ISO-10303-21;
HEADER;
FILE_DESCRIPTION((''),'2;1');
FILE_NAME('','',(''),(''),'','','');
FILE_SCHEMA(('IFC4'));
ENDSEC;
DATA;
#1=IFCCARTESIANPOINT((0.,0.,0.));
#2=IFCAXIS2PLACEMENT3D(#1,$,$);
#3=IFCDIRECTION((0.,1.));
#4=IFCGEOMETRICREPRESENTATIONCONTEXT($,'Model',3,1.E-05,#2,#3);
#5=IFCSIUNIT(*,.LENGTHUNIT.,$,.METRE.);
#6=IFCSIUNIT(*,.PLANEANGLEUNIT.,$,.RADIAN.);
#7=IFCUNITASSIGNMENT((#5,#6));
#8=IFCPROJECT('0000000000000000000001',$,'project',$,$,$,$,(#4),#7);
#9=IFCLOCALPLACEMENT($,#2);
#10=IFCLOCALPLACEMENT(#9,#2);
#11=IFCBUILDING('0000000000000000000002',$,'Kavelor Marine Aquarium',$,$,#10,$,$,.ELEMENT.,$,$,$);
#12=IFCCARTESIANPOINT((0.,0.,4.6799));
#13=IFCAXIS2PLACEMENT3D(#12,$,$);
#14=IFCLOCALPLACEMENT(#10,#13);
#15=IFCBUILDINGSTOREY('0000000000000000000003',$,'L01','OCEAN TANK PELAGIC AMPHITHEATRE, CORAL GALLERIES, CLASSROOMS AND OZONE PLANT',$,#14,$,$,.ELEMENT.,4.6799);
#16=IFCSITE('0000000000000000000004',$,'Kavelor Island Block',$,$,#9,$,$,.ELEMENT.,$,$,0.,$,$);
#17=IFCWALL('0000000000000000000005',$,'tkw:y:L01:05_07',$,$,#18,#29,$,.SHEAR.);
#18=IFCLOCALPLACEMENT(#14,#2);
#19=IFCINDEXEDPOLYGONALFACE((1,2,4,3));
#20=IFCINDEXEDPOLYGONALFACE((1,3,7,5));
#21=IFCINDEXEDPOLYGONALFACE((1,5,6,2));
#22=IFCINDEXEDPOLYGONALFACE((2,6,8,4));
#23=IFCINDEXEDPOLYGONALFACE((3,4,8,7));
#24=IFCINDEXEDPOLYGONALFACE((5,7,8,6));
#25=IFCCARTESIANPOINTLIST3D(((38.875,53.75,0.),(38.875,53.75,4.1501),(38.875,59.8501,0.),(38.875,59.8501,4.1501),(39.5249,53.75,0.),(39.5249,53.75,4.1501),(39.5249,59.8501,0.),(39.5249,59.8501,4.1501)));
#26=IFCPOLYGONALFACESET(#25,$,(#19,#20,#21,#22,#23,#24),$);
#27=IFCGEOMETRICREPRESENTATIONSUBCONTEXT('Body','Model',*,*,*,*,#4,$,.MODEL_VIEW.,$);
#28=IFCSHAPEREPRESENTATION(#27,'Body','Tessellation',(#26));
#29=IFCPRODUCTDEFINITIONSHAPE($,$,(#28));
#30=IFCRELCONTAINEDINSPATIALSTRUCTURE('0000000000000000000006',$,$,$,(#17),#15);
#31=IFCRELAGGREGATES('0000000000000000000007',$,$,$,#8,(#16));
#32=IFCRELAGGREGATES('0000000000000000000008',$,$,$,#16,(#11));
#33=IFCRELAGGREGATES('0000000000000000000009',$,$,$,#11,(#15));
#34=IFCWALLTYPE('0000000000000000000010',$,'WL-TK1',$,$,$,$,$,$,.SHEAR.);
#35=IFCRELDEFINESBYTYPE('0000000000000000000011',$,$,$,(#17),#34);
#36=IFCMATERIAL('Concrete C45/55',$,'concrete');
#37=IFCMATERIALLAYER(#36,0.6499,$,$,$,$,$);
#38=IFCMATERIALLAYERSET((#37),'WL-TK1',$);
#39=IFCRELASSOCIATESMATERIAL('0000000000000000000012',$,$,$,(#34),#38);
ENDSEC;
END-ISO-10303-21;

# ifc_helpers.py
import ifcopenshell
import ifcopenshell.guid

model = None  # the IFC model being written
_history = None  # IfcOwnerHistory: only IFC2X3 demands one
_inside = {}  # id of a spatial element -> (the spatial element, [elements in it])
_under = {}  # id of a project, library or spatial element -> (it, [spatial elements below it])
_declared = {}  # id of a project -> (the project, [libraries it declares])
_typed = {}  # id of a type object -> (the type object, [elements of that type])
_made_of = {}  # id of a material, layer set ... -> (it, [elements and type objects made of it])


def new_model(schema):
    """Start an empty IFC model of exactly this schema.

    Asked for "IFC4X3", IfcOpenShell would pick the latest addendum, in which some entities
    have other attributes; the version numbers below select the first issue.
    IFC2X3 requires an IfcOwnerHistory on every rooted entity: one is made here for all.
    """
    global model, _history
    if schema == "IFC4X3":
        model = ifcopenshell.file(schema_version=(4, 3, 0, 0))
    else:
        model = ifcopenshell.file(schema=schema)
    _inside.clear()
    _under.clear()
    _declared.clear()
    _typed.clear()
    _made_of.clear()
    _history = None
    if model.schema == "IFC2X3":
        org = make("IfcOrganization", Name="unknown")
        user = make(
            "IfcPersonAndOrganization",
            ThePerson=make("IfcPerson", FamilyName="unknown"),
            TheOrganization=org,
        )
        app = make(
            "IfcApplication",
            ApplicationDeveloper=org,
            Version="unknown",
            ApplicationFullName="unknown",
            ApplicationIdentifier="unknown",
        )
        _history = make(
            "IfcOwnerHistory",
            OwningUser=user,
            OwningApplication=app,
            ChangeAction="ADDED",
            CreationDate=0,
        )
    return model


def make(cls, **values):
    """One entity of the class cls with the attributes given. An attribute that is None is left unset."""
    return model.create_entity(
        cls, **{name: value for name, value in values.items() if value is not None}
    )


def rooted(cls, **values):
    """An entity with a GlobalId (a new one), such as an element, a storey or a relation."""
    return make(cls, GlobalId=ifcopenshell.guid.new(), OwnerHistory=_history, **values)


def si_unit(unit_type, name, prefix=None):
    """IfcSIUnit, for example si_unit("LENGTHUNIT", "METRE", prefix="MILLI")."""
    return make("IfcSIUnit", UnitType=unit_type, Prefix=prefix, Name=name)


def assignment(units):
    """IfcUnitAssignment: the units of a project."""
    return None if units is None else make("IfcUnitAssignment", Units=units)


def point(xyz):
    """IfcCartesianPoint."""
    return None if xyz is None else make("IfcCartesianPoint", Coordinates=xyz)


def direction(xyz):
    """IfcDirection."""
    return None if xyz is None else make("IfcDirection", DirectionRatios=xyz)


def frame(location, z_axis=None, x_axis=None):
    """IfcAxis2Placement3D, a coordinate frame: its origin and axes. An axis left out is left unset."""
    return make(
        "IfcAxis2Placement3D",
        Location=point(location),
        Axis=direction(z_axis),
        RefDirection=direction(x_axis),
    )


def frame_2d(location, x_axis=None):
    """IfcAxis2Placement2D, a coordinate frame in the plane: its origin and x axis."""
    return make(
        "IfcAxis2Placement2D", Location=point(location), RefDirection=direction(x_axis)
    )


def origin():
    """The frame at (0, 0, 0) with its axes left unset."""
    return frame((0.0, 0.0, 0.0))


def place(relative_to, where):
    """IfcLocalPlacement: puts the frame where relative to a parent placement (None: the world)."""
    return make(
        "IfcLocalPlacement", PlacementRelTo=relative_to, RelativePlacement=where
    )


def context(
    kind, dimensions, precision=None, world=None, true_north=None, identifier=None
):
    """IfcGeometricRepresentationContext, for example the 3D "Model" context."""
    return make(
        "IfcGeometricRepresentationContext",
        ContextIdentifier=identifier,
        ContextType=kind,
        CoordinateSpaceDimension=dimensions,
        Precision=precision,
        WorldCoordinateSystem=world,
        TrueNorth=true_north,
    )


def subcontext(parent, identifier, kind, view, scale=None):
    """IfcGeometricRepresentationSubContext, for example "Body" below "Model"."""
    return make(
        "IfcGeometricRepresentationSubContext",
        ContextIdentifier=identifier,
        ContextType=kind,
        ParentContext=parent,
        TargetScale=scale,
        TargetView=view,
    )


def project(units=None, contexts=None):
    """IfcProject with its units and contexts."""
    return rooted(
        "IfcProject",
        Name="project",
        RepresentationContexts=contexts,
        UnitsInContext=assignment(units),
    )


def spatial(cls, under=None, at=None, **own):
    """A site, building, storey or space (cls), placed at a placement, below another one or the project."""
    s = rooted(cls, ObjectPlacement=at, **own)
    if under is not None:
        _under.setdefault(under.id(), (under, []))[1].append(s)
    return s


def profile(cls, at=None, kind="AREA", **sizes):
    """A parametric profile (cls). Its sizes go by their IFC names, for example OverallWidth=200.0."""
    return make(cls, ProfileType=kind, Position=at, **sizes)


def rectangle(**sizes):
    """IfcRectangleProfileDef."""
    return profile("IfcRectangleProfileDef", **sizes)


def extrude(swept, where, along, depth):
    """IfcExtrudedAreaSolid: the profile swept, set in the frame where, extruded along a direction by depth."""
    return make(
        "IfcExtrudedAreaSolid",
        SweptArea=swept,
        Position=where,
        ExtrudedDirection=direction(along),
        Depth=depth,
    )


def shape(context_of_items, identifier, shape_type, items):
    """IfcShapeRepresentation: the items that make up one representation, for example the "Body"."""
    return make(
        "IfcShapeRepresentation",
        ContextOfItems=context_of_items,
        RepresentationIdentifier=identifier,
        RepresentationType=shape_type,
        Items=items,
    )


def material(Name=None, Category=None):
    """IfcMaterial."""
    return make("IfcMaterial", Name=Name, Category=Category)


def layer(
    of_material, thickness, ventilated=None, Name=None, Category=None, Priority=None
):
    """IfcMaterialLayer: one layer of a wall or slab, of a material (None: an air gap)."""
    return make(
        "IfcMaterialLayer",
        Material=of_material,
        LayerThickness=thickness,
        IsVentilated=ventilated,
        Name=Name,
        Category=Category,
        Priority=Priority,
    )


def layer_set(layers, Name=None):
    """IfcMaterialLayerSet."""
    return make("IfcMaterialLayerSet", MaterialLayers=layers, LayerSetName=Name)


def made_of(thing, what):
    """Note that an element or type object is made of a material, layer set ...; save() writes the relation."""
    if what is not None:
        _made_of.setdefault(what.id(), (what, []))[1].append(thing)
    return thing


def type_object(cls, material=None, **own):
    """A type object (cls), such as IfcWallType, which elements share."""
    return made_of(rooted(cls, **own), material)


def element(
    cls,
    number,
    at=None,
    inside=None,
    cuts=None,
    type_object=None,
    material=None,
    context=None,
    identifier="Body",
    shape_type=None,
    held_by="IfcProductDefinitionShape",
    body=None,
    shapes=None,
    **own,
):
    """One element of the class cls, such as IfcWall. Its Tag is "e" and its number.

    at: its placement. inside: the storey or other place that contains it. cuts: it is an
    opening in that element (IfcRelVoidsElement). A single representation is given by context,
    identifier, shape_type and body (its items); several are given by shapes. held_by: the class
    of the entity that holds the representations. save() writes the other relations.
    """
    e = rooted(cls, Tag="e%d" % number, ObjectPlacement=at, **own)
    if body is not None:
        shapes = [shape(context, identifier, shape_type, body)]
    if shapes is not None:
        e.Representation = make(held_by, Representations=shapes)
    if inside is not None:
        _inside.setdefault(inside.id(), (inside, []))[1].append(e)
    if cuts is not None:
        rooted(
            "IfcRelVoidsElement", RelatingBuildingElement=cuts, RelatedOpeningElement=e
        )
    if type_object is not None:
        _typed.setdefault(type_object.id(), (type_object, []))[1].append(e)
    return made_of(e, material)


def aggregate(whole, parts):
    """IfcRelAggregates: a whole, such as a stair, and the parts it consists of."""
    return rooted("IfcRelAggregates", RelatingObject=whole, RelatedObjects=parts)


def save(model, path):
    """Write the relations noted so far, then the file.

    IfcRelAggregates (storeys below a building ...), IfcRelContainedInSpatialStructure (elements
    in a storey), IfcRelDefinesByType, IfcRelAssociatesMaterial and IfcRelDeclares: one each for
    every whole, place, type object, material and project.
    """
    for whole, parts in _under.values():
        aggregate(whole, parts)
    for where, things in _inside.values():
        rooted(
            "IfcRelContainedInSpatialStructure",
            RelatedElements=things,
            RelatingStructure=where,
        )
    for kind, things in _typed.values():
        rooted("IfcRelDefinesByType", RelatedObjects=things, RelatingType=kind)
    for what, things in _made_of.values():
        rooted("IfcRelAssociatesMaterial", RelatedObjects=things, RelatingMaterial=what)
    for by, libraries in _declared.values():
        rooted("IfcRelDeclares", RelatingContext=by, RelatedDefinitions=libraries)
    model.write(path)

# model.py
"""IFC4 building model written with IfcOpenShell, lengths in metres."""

from ifc_helpers import new_model, si_unit, direction, frame, frame_2d, origin, place, context, subcontext, project, spatial, rectangle, extrude, material, layer, layer_set, type_object, element, save


model = new_model("IFC4")

# Units and contexts
model_context = context("Model", 3, precision=1e-05, world=origin(), true_north=direction((0.0, 1.0)))
body_context = subcontext(model_context, "Body", "Model", "MODEL_VIEW")
ifc_project = project(units=[si_unit("LENGTHUNIT", "METRE"), si_unit("PLANEANGLEUNIT", "RADIAN")], contexts=[model_context])

# Site, building, storey
site_placement = place(None, origin())
site = spatial("IfcSite", under=ifc_project, at=site_placement, Name="Kavelor Island Block", CompositionType="ELEMENT", RefElevation=0.0)
building_placement = place(site_placement, origin())
building = spatial("IfcBuilding", under=site, at=building_placement, Name="Kavelor Marine Aquarium", CompositionType="ELEMENT")
storey_placement = place(building_placement, frame((0.0, 0.0, 4.6799)))
storey = spatial("IfcBuildingStorey", under=building, at=storey_placement, Name="L01", Description="OCEAN TANK PELAGIC AMPHITHEATRE, CORAL GALLERIES, CLASSROOMS AND OZONE PLANT", CompositionType="ELEMENT", Elevation=4.6799)

# Wall
ifc_material_1 = material(Name="Concrete C45/55", Category="concrete")
ifc_layer_1 = layer(ifc_material_1, 0.6499)
ifc_layer_set_1 = layer_set([ifc_layer_1], Name="WL-TK1")
wall_type = type_object("IfcWallType", Name="WL-TK1", PredefinedType="SHEAR", material=ifc_layer_set_1)
wall_placement = place(storey_placement, frame((39.2, 53.75, 0.0), z_axis=(0.0, 0.0, 1.0), x_axis=(0.0, 1.0, 0.0)))
element("IfcWall", 1, at=wall_placement, inside=storey, type_object=wall_type, Name="tkw:y:L01:05_07", PredefinedType="SHEAR", context=body_context, shape_type="SweptSolid", body=[
    extrude(rectangle(XDim=6.1001, YDim=0.6499, at=frame_2d((3.05, 0.0))), origin(), (0.0, 0.0, 1.0), 4.1501),
])

save(model, "model.ifc")
